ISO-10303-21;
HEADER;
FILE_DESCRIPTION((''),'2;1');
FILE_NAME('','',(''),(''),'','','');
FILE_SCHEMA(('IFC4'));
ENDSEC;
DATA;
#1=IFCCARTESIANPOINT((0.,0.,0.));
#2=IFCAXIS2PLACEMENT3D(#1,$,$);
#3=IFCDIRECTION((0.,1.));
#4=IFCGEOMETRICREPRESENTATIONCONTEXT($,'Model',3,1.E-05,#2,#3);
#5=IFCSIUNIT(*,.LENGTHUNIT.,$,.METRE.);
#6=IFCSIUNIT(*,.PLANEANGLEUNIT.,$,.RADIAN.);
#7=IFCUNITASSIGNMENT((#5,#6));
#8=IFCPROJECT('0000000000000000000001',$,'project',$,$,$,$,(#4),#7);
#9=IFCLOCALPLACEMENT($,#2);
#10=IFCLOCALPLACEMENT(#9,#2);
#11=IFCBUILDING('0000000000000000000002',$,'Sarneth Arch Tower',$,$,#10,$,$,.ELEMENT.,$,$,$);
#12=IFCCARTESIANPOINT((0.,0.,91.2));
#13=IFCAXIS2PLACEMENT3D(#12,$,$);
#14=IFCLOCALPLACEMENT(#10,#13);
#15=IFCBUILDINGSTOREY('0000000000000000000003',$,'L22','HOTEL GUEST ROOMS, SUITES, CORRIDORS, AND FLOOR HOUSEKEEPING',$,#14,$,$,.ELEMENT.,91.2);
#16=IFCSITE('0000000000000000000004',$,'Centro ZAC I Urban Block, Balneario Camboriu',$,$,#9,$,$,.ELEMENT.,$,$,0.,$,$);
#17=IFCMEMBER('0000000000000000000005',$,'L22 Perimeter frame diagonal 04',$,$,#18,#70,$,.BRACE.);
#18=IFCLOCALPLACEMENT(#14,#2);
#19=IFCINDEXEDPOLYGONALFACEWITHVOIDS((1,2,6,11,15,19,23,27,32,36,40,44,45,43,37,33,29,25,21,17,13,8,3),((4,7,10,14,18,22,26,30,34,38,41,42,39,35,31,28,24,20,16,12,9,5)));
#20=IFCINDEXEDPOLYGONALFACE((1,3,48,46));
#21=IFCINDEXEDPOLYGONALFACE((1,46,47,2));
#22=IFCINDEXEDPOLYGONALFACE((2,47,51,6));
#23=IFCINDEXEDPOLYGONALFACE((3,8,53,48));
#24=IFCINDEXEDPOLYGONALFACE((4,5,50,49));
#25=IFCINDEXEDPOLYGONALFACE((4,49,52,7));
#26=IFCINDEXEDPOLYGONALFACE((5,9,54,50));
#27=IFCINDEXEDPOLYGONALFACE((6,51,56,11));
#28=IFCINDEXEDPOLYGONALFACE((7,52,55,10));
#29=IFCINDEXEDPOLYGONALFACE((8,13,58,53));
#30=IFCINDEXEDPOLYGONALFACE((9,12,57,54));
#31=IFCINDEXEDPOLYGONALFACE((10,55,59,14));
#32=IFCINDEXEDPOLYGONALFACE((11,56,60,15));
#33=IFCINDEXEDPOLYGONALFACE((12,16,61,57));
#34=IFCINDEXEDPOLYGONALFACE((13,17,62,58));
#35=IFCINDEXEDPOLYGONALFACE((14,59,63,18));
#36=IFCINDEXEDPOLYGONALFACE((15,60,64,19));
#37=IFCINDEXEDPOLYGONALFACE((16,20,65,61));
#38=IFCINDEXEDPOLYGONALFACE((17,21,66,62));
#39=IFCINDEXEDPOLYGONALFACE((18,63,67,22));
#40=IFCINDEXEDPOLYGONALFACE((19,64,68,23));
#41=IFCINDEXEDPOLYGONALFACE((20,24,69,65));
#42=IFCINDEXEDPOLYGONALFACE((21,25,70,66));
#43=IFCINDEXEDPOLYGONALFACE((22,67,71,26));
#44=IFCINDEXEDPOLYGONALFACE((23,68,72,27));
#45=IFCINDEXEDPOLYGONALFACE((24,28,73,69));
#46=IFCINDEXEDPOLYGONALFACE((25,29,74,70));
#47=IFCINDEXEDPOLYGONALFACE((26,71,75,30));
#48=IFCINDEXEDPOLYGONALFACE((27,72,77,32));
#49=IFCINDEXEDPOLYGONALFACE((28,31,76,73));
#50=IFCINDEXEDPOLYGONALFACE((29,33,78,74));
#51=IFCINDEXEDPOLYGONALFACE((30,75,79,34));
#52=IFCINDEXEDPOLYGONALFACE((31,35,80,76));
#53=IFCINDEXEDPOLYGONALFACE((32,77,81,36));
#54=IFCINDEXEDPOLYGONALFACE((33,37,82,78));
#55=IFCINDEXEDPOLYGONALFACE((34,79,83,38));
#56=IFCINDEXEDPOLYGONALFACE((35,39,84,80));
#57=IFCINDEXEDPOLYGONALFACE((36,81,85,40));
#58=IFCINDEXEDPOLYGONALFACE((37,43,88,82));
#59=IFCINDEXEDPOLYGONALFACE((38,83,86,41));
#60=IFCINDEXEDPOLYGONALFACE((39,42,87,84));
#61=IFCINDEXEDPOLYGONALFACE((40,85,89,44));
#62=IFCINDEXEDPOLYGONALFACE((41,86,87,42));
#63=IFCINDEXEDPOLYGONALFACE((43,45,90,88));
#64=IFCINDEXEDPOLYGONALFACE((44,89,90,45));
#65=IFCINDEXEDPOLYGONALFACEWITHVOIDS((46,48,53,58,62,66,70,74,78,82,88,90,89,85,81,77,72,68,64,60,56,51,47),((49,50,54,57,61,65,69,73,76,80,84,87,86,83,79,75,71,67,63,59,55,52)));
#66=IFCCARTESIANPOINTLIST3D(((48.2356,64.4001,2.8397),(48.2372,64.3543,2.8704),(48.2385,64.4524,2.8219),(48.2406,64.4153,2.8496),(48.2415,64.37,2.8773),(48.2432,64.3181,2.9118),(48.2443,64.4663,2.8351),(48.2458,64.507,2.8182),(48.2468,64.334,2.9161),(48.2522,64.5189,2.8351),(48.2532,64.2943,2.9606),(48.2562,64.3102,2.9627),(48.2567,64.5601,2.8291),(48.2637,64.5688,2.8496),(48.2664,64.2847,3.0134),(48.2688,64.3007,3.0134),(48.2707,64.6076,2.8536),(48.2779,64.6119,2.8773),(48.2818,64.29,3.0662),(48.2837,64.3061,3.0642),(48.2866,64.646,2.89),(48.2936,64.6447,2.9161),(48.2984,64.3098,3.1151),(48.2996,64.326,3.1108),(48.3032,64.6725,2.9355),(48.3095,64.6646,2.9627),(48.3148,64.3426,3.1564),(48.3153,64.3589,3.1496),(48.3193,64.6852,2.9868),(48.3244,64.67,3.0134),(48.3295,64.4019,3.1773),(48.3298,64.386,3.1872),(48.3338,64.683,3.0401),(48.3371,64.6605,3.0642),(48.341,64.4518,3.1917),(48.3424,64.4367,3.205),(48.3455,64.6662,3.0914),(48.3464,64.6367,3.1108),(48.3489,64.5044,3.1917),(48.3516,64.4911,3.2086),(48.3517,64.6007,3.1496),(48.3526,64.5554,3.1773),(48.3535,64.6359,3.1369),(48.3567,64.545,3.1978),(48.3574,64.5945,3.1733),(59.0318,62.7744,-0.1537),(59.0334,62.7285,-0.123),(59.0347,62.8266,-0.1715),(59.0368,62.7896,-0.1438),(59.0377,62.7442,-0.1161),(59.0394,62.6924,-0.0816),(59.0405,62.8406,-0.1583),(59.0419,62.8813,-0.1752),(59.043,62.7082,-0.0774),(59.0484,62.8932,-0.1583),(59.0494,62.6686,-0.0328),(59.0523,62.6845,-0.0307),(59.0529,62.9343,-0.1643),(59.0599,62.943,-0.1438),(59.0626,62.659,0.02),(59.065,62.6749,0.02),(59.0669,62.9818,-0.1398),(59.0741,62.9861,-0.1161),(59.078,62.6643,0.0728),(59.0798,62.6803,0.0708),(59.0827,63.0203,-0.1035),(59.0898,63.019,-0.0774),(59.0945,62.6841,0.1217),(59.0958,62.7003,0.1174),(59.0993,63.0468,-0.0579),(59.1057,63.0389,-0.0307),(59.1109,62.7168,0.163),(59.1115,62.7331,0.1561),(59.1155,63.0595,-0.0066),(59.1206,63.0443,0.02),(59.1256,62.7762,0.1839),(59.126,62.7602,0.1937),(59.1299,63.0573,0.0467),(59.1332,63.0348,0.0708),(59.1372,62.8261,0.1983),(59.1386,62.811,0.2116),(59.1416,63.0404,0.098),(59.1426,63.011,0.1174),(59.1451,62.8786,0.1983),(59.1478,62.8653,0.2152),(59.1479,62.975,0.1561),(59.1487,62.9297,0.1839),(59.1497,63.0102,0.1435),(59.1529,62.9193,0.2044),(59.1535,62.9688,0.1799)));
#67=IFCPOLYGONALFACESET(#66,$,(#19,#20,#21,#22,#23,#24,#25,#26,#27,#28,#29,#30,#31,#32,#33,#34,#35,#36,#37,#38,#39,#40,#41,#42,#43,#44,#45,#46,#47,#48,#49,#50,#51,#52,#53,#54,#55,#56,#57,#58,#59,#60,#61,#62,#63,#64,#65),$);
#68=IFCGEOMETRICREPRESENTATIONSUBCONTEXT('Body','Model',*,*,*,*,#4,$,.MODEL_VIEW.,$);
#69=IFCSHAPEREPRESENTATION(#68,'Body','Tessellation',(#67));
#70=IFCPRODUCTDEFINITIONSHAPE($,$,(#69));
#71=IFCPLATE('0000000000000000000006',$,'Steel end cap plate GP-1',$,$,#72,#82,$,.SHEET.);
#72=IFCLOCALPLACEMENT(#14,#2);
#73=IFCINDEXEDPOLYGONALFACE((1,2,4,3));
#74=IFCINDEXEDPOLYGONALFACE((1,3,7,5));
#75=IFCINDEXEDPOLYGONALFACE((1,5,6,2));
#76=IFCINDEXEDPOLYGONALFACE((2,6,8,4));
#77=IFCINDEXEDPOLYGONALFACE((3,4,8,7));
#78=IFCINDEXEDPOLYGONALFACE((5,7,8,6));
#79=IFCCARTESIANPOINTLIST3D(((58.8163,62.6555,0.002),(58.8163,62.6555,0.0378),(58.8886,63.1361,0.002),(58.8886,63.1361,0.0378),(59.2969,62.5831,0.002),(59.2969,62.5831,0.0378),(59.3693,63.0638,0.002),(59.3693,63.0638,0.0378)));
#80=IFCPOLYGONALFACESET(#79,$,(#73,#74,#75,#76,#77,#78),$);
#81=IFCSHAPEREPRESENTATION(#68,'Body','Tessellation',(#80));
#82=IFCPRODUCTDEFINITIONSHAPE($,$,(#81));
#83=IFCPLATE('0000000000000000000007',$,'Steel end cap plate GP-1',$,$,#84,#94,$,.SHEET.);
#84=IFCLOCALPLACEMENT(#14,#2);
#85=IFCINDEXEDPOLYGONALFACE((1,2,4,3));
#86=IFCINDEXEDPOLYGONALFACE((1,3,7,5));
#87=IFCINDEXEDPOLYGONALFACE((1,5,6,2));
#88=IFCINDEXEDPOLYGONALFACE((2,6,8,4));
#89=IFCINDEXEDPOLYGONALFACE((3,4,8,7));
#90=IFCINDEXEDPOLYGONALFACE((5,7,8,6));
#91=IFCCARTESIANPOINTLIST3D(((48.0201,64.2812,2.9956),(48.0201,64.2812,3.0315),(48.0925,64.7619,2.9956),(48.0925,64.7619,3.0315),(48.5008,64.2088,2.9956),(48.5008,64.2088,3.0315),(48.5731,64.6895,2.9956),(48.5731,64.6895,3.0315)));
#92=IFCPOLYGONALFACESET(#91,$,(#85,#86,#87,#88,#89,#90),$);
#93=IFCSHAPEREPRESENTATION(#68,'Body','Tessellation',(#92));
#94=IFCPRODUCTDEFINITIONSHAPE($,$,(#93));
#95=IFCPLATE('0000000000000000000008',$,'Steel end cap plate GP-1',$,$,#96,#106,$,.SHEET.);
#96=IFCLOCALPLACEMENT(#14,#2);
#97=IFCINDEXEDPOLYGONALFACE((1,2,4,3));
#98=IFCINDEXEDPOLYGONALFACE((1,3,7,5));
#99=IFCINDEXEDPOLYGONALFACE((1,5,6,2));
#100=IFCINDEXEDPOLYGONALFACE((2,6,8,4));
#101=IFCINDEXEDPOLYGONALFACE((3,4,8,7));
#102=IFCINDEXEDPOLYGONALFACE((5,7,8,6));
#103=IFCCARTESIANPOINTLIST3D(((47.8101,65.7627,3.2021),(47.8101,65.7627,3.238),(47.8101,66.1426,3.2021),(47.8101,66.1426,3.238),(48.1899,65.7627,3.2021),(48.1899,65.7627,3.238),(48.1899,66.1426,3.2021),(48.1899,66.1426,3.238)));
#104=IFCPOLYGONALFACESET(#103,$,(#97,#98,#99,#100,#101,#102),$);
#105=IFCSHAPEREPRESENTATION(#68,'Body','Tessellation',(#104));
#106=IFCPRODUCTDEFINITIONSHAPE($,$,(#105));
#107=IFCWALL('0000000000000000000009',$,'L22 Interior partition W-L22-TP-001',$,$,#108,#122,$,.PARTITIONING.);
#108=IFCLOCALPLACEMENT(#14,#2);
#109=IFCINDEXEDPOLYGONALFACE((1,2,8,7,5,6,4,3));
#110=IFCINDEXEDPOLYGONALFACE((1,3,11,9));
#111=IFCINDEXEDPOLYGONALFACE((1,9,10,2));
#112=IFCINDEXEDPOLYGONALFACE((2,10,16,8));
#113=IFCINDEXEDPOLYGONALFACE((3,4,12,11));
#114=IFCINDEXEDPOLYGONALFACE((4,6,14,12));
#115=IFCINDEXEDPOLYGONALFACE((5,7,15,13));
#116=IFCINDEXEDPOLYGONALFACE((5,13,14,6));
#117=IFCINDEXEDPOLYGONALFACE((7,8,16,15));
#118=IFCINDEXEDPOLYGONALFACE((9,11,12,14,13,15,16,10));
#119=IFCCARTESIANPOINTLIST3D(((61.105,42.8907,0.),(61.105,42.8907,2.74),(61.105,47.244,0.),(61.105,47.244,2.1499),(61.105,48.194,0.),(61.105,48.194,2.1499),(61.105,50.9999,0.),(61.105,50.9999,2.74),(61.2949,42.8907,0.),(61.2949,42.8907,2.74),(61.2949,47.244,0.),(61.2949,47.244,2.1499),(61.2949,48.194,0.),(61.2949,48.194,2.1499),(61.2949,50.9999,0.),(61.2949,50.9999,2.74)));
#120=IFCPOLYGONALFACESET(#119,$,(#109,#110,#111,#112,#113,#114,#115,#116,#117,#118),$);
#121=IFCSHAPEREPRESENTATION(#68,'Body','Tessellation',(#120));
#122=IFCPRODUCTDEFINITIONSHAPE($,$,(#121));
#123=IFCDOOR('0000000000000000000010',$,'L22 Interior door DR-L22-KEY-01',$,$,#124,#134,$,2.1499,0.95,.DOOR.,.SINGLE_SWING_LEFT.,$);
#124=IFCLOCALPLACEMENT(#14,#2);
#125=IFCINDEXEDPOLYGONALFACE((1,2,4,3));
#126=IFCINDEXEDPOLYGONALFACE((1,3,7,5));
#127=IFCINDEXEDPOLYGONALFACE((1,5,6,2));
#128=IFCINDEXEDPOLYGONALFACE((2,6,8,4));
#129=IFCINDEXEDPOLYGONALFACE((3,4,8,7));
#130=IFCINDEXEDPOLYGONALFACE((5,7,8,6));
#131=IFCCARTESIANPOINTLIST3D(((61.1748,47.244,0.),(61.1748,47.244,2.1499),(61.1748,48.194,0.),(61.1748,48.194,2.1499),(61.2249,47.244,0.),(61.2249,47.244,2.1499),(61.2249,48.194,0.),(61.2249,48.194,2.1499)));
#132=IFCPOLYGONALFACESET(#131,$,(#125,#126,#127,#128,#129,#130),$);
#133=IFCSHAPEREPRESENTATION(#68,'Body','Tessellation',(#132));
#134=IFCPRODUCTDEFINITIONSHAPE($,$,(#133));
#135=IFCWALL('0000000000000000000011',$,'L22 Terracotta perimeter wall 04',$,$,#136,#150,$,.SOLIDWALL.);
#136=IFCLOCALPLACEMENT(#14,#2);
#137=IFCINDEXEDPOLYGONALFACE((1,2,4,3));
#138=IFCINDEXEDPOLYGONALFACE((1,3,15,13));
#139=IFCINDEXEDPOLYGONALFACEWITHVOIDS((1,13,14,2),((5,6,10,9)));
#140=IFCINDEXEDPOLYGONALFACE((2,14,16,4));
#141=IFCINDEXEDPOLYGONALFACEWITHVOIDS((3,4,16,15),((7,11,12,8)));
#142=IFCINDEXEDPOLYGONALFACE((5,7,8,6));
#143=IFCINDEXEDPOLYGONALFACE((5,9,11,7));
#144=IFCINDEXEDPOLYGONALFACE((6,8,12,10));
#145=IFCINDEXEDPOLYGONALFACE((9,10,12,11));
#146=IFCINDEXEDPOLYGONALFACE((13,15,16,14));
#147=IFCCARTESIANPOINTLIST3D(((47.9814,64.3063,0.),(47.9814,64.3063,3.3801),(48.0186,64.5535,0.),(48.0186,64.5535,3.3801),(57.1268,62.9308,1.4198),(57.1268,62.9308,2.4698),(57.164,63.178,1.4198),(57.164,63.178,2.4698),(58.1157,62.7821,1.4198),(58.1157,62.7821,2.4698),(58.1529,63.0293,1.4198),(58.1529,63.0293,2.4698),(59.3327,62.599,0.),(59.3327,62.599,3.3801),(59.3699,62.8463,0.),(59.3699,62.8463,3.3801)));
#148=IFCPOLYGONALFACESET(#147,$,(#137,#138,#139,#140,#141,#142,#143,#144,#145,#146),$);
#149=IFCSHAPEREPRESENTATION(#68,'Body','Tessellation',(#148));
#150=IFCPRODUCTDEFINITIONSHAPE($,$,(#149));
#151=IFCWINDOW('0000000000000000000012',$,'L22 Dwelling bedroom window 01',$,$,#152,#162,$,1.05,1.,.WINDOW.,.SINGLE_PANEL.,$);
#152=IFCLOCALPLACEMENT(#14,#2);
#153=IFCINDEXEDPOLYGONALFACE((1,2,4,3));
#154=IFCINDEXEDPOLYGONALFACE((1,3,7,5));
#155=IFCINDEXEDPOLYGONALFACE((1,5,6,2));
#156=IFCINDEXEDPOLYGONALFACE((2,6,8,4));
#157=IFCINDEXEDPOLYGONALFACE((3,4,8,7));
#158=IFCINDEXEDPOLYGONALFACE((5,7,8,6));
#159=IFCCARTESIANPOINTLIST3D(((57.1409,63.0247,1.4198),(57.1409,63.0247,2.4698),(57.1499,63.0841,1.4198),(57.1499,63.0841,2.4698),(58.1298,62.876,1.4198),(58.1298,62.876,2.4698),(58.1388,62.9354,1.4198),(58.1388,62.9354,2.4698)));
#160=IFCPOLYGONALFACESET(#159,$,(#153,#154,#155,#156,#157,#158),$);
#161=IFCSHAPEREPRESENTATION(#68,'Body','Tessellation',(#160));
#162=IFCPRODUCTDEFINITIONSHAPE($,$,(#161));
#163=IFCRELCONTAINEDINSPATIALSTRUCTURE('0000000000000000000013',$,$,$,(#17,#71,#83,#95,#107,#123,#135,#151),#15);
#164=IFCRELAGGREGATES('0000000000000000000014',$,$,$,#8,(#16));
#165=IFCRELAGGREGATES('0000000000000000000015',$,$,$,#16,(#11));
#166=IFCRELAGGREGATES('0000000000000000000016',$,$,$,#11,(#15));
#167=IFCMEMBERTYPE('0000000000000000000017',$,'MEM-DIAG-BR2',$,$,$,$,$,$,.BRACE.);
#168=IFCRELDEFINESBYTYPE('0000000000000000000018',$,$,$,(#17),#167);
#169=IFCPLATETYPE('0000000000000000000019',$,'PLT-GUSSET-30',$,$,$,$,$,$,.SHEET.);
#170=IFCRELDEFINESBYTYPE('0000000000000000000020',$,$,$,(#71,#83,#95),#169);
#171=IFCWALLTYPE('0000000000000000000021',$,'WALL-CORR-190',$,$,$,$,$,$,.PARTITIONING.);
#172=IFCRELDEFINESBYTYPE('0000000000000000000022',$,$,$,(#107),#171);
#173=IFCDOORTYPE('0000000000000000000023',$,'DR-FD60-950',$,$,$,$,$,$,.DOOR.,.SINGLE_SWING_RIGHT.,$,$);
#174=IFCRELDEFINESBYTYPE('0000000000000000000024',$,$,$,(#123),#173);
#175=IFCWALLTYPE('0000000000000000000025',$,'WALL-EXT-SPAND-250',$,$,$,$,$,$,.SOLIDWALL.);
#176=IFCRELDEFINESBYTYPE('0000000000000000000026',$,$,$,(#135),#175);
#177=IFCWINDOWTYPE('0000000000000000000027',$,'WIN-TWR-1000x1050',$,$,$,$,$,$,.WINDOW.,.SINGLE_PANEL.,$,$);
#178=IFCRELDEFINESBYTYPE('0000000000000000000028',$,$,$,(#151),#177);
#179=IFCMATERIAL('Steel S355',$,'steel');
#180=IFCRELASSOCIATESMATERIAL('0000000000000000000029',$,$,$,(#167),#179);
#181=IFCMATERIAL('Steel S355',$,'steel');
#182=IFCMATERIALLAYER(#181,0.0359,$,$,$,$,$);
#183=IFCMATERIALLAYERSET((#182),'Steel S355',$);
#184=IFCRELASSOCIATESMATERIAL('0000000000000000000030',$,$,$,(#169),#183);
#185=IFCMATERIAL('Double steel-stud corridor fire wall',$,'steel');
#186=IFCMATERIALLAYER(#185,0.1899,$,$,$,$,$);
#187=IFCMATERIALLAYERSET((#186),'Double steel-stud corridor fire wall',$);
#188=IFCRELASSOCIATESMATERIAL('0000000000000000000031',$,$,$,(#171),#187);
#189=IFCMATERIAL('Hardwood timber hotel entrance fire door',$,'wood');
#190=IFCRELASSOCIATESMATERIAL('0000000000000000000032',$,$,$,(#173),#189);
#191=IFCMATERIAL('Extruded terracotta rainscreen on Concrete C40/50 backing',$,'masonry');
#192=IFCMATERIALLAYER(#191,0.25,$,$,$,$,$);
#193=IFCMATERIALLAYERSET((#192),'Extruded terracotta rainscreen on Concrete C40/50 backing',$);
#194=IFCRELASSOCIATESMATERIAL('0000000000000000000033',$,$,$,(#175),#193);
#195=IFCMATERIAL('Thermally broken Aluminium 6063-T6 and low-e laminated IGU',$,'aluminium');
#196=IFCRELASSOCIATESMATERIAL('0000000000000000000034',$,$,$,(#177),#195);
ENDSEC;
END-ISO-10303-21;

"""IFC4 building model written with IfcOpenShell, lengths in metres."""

from ifc_helpers import new_model, si_unit, direction, frame, frame_2d, origin, origin_2d, place, context, subcontext, project, spatial, rectangle, hollow_circle, extrude, material, layer, layer_set, material_profile, profile_set, type_object, element, fill, save


model = new_model("IFC4")

# Units and contexts
model_context = context("Model", 3, precision=1e-05, world=origin(), true_north=direction((0.0, 1.0)))
body_context = subcontext(model_context, "Body", "Model", "MODEL_VIEW")
ifc_project = project(units=[si_unit("LENGTHUNIT", "METRE"), si_unit("PLANEANGLEUNIT", "RADIAN")], contexts=[model_context])

# Site, building, storey
site_placement = place(None, origin())
site = spatial("IfcSite", under=ifc_project, at=site_placement, Name="Centro ZAC I Urban Block, Balneario Camboriu", CompositionType="ELEMENT", RefElevation=0.0)
building_placement = place(site_placement, origin())
building = spatial("IfcBuilding", under=site, at=building_placement, Name="Sarneth Arch Tower", CompositionType="ELEMENT")
storey_placement = place(building_placement, frame((0.0, 0.0, 91.2)))
storey = spatial("IfcBuildingStorey", under=building, at=storey_placement, Name="L22", Description="HOTEL GUEST ROOMS, SUITES, CORRIDORS, AND FLOOR HOUSEKEEPING", CompositionType="ELEMENT", Elevation=91.2)

# Member
ifc_material_1 = material(Name="Steel S355", Category="steel")
ifc_material_profile_1 = material_profile(ifc_material_1, hollow_circle(Radius=0.2029, WallThickness=0.0161, at=origin_2d()), Name="CHS406x16")
ifc_profile_set_1 = profile_set([ifc_material_profile_1], Name="Steel S355")
member_type_1 = type_object("IfcMemberType", Name="MEM-DIAG-BR2", PredefinedType="BRACE", material=ifc_profile_set_1)
member_1_placement = place(storey_placement, frame((59.0928, 62.8596, 0.02), z_axis=(-0.953657, 0.143606, 0.264417), x_axis=(-0.148906, -0.988851, 0.0)))
element("IfcMember", 1, at=member_1_placement, inside=storey, type_object=member_type_1, Name="L22 Perimeter frame diagonal 04", PredefinedType="BRACE", context=body_context, shape_type="SweptSolid", body=[
    extrude(hollow_circle(Radius=0.2029, WallThickness=0.0161, at=origin_2d()), origin(), (0.0, 0.0, 1.0), 11.3208),
])

# Plates
ifc_material_2 = material(Name="Steel S355", Category="steel")
ifc_layer_1 = layer(ifc_material_2, 0.0359)
ifc_layer_set_1 = layer_set([ifc_layer_1], Name="Steel S355")
plate_type = type_object("IfcPlateType", Name="PLT-GUSSET-30", PredefinedType="SHEET", material=ifc_layer_set_1)
for number, where, z_axis, x_axis, name in (
    (2, (59.0928, 62.8596, 0.002), (0.0, 0.0, 1.0), (-0.988861, 0.148845, 0.0), "Steel end cap plate GP-1"),
    (3, (48.2966, 64.4854, 2.9956), (0.0, 0.0, 1.0), (-0.988861, 0.148845, 0.0), "Steel end cap plate GP-1"),
):
    element("IfcPlate", number, at=place(storey_placement, frame(where, z_axis=z_axis, x_axis=x_axis)), inside=storey, type_object=plate_type, Name=name, PredefinedType="SHEET", context=body_context, shape_type="SweptSolid", body=[
        extrude(rectangle(XDim=0.4861, YDim=0.4861, at=origin_2d()), origin(), (0.0, 0.0, 1.0), 0.0359),
    ])
plate_placement = place(storey_placement, frame((48.0, 65.9526, 3.2021), z_axis=(0.0, 0.0, 1.0), x_axis=(0.0, 1.0, 0.0)))
element("IfcPlate", 4, at=plate_placement, inside=storey, type_object=plate_type, Name="Steel end cap plate GP-1", PredefinedType="SHEET", context=body_context, shape_type="SweptSolid", body=[
    extrude(rectangle(XDim=0.3799, YDim=0.3799, at=origin_2d()), origin(), (0.0, 0.0, 1.0), 0.0359),
])

# Wall, opening, door
ifc_material_3 = material(Name="Double steel-stud corridor fire wall", Category="steel")
ifc_layer_2 = layer(ifc_material_3, 0.1899)
ifc_layer_set_2 = layer_set([ifc_layer_2], Name="Double steel-stud corridor fire wall")
wall_type_1 = type_object("IfcWallType", Name="WALL-CORR-190", PredefinedType="PARTITIONING", material=ifc_layer_set_2)
wall_1_placement = place(storey_placement, frame((61.2, 51.0, 0.0), z_axis=(0.0, 0.0, 1.0), x_axis=(0.0, -1.0, 0.0)))
wall_1 = element("IfcWall", 5, at=wall_1_placement, inside=storey, type_object=wall_type_1, Name="L22 Interior partition W-L22-TP-001", PredefinedType="PARTITIONING", context=body_context, shape_type="SweptSolid", body=[
    extrude(rectangle(XDim=8.1091, YDim=0.1899, at=frame_2d((4.0547, 0.0))), origin(), (0.0, 0.0, 1.0), 2.74),
])
opening_1_placement = place(wall_1_placement, frame((2.8059, 0.0, 0.0)))
opening_1 = element("IfcOpeningElement", 6, at=opening_1_placement, cuts=wall_1, PredefinedType="OPENING", context=body_context, shape_type="SweptSolid", body=[
    extrude(rectangle(XDim=0.95, YDim=2.1499, at=frame_2d((0.4751, 1.075))), frame((0.0, 0.105, 0.0), z_axis=(0.0, -1.0, 0.0), x_axis=(1.0, 0.0, 0.0)), (0.0, 0.0, 1.0), 0.21),
])
ifc_material_4 = material(Name="Hardwood timber hotel entrance fire door", Category="wood")
door_type_1 = type_object("IfcDoorType", Name="DR-FD60-950", OperationType="SINGLE_SWING_RIGHT", PredefinedType="DOOR", material=ifc_material_4)
door_1_placement = place(opening_1_placement, origin())
door_1 = element("IfcDoor", 7, at=door_1_placement, inside=storey, type_object=door_type_1, Name="L22 Interior door DR-L22-KEY-01", OperationType="SINGLE_SWING_LEFT", OverallHeight=2.1499, OverallWidth=0.95, PredefinedType="DOOR", context=body_context, shape_type="SweptSolid", body=[
    extrude(rectangle(XDim=0.95, YDim=2.1499, at=frame_2d((0.4751, 1.075))), frame((0.0, 0.0249, 0.0), z_axis=(0.0, -1.0, 0.0), x_axis=(1.0, 0.0, 0.0)), (0.0, 0.0, 1.0), 0.05),
])
fill(opening_1, door_1)

# Wall, opening, window
ifc_material_5 = material(Name="Extruded terracotta rainscreen on Concrete C40/50 backing", Category="masonry")
ifc_layer_3 = layer(ifc_material_5, 0.25)
ifc_layer_set_3 = layer_set([ifc_layer_3], Name="Extruded terracotta rainscreen on Concrete C40/50 backing")
wall_type_2 = type_object("IfcWallType", Name="WALL-EXT-SPAND-250", PredefinedType="SOLIDWALL", material=ifc_layer_set_3)
wall_2_placement = place(storey_placement, frame((59.3513, 62.7227, 0.0), z_axis=(0.0, 0.0, 1.0), x_axis=(-0.988878, 0.14873, 0.0)))
wall_2 = element("IfcWall", 8, at=wall_2_placement, inside=storey, type_object=wall_type_2, Name="L22 Terracotta perimeter wall 04", PredefinedType="SOLIDWALL", context=body_context, shape_type="SweptSolid", body=[
    extrude(rectangle(XDim=11.479, YDim=0.25, at=frame_2d((5.7395, 0.0))), origin(), (0.0, 0.0, 1.0), 3.3801),
])
opening_2_placement = place(wall_2_placement, frame((1.2307, 0.0, 1.4199)))
opening_2 = element("IfcOpeningElement", 9, at=opening_2_placement, cuts=wall_2, PredefinedType="OPENING", context=body_context, shape_type="SweptSolid", body=[
    extrude(rectangle(XDim=1.0, YDim=1.05, at=frame_2d((0.5, 0.5249))), frame((0.0, 0.135, 0.0), z_axis=(0.0, -1.0, 0.0), x_axis=(1.0, 0.0, 0.0)), (0.0, 0.0, 1.0), 0.27),
])
ifc_material_6 = material(Name="Thermally broken Aluminium 6063-T6 and low-e laminated IGU", Category="aluminium")
window_type = type_object("IfcWindowType", Name="WIN-TWR-1000x1050", PartitioningType="SINGLE_PANEL", PredefinedType="WINDOW", material=ifc_material_6)
window_placement = place(opening_2_placement, origin())
window = element("IfcWindow", 10, at=window_placement, inside=storey, type_object=window_type, Name="L22 Dwelling bedroom window 01", OverallHeight=1.05, OverallWidth=1.0, PartitioningType="SINGLE_PANEL", PredefinedType="WINDOW", context=body_context, shape_type="SweptSolid", body=[
    extrude(rectangle(XDim=1.0, YDim=1.05, at=frame_2d((0.5, 0.5249))), frame((0.0, 0.03, 0.0), z_axis=(0.0, -1.0, 0.0), x_axis=(1.0, 0.0, 0.0)), (0.0, 0.0, 1.0), 0.0601),
])
fill(opening_2, window)

save(model, "model.ifc")
